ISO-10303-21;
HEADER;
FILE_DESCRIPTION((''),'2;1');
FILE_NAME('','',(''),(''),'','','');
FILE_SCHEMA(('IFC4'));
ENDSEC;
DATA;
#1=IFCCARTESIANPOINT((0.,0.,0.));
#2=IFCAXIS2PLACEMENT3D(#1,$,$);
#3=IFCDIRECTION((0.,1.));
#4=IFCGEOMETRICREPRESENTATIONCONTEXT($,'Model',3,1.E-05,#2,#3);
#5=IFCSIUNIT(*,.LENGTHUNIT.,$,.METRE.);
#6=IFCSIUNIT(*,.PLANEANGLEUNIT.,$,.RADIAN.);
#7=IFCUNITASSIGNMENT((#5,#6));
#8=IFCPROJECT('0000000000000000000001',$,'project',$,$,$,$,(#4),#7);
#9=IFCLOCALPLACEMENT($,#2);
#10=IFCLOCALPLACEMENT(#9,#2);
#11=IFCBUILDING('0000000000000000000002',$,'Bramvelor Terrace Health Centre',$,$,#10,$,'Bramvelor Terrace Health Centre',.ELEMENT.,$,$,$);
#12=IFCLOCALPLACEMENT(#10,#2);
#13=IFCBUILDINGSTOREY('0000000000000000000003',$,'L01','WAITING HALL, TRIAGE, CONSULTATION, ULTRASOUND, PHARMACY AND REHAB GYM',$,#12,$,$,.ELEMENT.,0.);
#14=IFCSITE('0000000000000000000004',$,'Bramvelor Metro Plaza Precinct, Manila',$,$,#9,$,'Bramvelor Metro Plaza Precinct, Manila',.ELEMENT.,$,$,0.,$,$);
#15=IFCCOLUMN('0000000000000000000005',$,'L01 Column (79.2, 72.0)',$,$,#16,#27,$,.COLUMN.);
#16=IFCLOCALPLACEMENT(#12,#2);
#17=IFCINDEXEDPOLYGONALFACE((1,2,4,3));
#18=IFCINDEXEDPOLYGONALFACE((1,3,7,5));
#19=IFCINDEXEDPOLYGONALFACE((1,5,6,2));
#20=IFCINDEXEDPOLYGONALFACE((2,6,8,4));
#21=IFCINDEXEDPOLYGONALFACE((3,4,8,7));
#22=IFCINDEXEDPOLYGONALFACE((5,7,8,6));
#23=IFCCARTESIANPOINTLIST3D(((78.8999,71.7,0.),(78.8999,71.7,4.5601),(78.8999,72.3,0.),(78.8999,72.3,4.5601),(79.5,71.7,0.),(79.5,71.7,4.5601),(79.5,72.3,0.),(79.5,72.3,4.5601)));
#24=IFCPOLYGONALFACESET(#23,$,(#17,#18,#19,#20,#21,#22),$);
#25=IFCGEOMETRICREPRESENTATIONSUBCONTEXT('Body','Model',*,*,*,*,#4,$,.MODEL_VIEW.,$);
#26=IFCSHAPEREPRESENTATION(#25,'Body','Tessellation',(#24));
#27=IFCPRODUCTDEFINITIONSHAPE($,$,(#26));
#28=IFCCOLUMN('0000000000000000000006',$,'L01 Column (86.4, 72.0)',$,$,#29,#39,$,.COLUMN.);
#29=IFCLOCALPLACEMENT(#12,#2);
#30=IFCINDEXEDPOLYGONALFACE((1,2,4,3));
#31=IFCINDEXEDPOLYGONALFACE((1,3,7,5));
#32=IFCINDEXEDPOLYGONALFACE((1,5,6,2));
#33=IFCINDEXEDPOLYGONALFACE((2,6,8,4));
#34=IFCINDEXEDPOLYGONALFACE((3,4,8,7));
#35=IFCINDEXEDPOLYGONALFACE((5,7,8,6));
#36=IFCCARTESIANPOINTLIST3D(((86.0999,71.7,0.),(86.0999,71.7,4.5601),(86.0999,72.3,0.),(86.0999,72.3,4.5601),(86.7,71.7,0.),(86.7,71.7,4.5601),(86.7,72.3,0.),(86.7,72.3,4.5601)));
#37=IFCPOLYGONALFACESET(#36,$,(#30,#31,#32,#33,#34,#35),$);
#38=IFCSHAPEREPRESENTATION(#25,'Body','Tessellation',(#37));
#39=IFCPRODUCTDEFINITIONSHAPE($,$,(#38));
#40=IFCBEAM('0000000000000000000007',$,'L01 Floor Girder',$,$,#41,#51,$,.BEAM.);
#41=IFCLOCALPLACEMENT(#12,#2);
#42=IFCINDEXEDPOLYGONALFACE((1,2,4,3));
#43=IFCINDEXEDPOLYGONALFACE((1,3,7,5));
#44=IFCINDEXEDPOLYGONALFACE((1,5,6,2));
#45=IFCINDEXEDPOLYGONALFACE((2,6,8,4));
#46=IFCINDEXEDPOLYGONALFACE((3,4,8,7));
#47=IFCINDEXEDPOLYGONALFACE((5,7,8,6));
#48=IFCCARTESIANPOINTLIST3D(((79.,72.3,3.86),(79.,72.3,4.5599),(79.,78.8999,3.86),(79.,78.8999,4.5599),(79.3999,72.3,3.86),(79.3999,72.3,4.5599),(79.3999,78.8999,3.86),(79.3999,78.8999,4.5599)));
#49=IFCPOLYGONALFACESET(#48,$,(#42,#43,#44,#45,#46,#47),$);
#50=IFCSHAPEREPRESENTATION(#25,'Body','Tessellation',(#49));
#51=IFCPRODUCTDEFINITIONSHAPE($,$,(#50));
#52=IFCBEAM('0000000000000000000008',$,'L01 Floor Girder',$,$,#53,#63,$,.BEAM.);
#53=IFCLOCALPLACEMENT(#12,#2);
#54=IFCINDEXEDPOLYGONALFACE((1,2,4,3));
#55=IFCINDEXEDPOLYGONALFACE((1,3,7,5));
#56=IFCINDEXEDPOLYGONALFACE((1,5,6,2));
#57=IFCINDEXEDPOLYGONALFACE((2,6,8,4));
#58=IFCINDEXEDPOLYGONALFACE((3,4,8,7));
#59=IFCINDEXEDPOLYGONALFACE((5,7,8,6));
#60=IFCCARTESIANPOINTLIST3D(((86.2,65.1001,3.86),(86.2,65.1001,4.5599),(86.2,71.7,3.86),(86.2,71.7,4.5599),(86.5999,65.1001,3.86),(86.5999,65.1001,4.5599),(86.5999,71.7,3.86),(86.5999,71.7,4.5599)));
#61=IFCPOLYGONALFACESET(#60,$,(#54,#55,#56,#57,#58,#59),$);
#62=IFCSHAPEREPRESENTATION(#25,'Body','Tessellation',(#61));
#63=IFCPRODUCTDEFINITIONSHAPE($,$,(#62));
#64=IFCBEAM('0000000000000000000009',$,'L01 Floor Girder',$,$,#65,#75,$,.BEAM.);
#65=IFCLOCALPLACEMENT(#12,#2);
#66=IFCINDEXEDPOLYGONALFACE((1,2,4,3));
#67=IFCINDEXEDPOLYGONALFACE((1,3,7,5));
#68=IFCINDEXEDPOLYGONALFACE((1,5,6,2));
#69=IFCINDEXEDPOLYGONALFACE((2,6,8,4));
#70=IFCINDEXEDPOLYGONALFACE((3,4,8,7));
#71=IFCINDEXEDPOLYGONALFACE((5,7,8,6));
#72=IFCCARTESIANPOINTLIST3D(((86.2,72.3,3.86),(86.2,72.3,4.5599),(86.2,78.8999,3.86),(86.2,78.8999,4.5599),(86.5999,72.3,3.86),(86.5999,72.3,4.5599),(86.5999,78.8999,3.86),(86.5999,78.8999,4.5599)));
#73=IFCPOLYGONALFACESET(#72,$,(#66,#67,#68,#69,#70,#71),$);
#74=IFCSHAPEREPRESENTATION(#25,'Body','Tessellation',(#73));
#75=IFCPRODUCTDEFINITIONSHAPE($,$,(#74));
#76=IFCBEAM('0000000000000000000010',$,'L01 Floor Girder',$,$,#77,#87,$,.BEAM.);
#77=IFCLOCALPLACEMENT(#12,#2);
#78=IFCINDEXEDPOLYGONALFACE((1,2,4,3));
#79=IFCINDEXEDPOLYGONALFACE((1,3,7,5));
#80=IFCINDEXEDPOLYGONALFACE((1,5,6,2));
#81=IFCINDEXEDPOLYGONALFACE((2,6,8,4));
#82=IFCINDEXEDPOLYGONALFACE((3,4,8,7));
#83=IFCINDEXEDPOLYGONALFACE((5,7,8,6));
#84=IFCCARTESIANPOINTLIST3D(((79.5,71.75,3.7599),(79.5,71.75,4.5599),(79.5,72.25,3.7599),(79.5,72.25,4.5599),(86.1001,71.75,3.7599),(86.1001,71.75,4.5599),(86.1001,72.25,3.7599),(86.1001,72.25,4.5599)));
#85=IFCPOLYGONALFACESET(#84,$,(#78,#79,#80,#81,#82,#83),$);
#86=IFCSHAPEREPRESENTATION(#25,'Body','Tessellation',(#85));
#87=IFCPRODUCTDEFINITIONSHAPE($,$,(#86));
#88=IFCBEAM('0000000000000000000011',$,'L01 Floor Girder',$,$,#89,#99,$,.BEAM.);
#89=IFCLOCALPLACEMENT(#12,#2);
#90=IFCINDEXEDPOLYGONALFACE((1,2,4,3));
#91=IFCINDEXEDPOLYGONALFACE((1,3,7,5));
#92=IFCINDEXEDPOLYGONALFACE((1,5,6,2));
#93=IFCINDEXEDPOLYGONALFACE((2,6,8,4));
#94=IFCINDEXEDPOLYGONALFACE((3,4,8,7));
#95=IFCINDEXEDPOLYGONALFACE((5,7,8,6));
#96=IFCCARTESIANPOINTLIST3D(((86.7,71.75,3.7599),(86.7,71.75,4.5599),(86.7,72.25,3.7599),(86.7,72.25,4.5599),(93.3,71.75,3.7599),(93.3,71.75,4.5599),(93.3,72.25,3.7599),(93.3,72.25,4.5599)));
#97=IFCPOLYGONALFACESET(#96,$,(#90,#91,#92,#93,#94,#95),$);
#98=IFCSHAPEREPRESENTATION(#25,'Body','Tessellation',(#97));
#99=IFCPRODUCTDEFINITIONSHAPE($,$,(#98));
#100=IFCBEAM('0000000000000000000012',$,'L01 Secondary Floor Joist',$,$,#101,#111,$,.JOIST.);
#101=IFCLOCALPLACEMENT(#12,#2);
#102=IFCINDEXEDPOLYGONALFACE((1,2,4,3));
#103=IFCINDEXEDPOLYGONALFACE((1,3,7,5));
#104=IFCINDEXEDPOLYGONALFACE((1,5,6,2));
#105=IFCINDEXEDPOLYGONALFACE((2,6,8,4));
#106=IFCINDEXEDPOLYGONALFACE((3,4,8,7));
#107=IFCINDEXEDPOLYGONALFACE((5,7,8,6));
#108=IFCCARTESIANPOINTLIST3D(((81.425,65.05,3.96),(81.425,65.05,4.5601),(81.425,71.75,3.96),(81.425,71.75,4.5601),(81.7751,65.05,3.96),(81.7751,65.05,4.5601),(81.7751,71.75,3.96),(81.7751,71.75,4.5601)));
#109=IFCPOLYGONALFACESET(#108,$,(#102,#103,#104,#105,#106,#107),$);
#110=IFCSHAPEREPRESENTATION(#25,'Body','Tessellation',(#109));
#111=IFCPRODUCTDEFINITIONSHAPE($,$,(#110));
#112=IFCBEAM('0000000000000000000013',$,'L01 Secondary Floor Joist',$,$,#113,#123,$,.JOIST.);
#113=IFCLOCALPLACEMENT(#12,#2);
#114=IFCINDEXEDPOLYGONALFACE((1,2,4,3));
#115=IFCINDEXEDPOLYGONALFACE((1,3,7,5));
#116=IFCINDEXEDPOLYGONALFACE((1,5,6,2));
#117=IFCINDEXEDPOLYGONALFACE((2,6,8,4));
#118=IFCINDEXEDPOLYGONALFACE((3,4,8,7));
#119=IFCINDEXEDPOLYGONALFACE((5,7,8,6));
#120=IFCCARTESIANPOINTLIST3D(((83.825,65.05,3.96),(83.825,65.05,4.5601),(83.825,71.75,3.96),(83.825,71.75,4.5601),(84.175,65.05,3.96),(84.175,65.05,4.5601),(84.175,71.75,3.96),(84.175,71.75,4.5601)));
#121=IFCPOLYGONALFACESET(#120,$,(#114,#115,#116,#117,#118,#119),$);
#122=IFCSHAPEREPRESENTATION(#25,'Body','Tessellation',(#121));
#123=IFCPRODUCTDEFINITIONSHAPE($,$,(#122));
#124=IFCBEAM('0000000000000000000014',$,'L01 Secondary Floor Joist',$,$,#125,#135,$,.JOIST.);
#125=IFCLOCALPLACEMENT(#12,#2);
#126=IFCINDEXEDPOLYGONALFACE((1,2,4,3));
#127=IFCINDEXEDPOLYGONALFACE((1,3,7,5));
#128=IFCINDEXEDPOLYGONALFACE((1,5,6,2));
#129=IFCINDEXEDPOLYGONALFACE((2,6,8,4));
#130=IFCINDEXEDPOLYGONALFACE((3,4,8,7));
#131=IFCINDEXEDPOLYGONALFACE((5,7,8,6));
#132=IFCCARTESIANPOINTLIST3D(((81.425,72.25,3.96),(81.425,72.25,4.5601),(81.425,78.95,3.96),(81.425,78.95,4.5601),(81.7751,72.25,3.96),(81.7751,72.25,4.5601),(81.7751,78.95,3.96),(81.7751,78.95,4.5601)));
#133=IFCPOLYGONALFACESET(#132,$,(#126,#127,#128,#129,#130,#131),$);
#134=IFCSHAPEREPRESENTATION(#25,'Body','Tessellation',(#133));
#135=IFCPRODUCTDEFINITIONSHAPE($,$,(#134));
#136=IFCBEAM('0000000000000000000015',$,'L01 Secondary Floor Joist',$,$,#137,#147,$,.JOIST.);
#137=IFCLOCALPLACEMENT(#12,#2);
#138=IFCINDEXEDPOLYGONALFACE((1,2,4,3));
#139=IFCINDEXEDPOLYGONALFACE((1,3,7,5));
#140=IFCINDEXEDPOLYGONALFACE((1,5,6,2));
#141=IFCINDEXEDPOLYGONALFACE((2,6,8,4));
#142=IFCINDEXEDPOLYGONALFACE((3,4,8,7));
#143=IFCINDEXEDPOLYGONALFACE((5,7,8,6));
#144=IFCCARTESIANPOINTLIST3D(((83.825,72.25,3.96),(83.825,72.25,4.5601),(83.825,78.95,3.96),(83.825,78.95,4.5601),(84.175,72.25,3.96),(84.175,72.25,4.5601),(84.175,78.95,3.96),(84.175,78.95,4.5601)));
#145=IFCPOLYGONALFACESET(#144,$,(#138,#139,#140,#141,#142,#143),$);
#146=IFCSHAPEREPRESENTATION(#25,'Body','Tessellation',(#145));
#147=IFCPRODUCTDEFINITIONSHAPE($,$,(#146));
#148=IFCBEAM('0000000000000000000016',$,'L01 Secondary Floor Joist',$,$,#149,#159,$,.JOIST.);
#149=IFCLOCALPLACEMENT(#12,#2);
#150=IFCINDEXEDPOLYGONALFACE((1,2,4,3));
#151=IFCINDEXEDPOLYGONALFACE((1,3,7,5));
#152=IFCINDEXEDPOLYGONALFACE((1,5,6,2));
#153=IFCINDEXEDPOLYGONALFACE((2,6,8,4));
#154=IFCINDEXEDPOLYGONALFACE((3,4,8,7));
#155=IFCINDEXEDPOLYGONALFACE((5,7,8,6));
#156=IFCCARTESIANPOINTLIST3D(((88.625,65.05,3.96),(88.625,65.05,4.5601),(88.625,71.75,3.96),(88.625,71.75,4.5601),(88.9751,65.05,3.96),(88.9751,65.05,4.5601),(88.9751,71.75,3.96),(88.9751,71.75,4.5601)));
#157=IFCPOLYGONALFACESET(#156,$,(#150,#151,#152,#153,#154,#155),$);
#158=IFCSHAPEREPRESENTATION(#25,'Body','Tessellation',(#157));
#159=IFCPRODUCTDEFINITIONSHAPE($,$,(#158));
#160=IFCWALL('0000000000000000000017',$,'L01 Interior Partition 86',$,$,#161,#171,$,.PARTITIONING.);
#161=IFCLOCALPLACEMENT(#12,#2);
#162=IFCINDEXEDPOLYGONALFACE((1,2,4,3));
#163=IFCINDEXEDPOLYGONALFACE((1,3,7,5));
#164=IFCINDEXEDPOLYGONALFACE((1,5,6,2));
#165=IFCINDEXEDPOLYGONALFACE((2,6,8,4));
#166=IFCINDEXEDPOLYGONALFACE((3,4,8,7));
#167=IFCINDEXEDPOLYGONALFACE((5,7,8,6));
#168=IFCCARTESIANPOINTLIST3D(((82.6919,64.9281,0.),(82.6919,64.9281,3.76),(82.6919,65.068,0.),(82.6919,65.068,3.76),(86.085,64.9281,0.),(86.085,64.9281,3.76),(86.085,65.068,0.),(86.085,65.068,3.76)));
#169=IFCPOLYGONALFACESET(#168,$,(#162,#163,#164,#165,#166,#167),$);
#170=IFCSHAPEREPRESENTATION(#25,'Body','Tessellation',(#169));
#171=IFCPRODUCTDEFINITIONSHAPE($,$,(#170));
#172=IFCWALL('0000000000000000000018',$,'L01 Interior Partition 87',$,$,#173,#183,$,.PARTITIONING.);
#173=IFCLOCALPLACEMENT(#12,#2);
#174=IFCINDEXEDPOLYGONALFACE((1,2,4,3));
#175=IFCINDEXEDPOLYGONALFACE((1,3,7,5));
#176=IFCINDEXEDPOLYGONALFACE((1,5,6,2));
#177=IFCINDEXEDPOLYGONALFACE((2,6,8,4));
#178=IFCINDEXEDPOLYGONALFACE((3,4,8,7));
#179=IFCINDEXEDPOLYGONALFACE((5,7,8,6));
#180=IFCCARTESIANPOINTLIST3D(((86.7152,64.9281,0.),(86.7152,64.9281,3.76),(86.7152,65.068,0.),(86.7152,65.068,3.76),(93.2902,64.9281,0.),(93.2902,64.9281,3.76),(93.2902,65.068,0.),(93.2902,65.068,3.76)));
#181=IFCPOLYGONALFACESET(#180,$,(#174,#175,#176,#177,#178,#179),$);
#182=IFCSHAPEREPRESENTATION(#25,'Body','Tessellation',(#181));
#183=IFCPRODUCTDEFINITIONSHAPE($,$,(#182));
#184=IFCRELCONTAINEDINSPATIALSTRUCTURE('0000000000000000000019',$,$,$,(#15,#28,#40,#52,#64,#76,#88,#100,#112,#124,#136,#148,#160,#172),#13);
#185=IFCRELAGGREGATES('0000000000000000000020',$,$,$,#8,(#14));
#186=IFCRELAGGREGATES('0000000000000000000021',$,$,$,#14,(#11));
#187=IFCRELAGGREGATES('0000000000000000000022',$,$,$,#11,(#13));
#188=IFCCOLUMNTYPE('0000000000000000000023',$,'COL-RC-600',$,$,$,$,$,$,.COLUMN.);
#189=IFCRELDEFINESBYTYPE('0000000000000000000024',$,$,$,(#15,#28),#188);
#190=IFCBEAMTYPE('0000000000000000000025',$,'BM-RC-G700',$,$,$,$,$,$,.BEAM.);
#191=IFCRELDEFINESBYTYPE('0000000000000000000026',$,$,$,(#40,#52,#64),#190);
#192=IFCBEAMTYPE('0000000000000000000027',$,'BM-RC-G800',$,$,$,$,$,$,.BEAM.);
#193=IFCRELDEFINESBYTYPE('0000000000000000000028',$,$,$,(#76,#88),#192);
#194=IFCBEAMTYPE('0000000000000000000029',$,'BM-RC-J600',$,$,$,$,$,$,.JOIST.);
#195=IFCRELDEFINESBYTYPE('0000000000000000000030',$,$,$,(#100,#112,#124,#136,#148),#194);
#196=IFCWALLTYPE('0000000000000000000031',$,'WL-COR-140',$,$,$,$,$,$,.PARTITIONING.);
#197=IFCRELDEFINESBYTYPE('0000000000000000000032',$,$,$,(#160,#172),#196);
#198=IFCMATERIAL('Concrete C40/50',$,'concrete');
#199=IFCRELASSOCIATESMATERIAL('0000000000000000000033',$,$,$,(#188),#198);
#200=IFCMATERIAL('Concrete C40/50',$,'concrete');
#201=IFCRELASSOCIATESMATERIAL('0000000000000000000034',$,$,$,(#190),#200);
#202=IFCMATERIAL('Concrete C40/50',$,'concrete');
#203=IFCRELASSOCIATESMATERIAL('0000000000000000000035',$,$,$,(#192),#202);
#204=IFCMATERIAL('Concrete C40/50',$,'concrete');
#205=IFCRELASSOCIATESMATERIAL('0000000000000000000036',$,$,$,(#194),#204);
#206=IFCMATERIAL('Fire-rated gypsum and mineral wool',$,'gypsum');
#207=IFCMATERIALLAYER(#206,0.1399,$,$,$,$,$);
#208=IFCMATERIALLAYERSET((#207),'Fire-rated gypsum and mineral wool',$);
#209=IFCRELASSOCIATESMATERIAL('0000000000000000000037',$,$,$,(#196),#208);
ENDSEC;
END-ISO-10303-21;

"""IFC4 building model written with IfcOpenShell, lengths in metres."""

from ifc_helpers import new_model, si_unit, direction, frame, frame_2d, origin, origin_2d, place, context, subcontext, project, spatial, rectangle, extrude, material, layer, layer_set, material_profile, profile_set, type_object, element, save


model = new_model("IFC4")

# Units and contexts
model_context = context("Model", 3, precision=1e-05, world=origin(), true_north=direction((0.0, 1.0)))
body_context = subcontext(model_context, "Body", "Model", "MODEL_VIEW")
ifc_project = project(units=[si_unit("LENGTHUNIT", "METRE"), si_unit("PLANEANGLEUNIT", "RADIAN")], contexts=[model_context])

# Site, building, storey
site_placement = place(None, origin())
site = spatial("IfcSite", under=ifc_project, at=site_placement, Name="Bramvelor Metro Plaza Precinct, Manila", LongName="Bramvelor Metro Plaza Precinct, Manila", CompositionType="ELEMENT", RefElevation=0.0)
building_placement = place(site_placement, origin())
building = spatial("IfcBuilding", under=site, at=building_placement, Name="Bramvelor Terrace Health Centre", LongName="Bramvelor Terrace Health Centre", CompositionType="ELEMENT")
storey_placement = place(building_placement, origin())
storey = spatial("IfcBuildingStorey", under=building, at=storey_placement, Name="L01", Description="WAITING HALL, TRIAGE, CONSULTATION, ULTRASOUND, PHARMACY AND REHAB GYM", CompositionType="ELEMENT", Elevation=0.0)

# Columns
ifc_material_1 = material(Name="Concrete C40/50", Category="concrete")
ifc_material_profile_1 = material_profile(ifc_material_1, rectangle(XDim=0.6001, YDim=0.6001, at=origin_2d()), Name="RC 600x600")
ifc_profile_set_1 = profile_set([ifc_material_profile_1], Name="Concrete C40/50")
column_type = type_object("IfcColumnType", Name="COL-RC-600", PredefinedType="COLUMN", material=ifc_profile_set_1)
for number, where, z_axis, x_axis, name in (
    (1, (79.2, 72.0, 0.0), (0.0, 0.0, 1.0), (1.0, 0.0, 0.0), "L01 Column (79.2, 72.0)"),
    (2, (86.3999, 72.0, 0.0), (0.0, 0.0, 1.0), (1.0, 0.0, 0.0), "L01 Column (86.4, 72.0)"),
):
    element("IfcColumn", number, at=place(storey_placement, frame(where, z_axis=z_axis, x_axis=x_axis)), inside=storey, type_object=column_type, Name=name, PredefinedType="COLUMN", context=body_context, shape_type="SweptSolid", body=[
        extrude(rectangle(XDim=0.6001, YDim=0.6001, at=origin_2d()), origin(), (0.0, 0.0, 1.0), 4.5601),
    ])

# Beams
ifc_material_2 = material(Name="Concrete C40/50", Category="concrete")
ifc_material_profile_2 = material_profile(ifc_material_2, rectangle(XDim=0.3999, YDim=0.7, at=origin_2d()), Name="RC 400x700")
ifc_profile_set_2 = profile_set([ifc_material_profile_2], Name="Concrete C40/50")
beam_type_1 = type_object("IfcBeamType", Name="BM-RC-G700", PredefinedType="BEAM", material=ifc_profile_set_2)
for number, where, z_axis, x_axis, name in (
    (3, (79.2, 72.3, 4.21), (0.0, 1.0, 0.0), (-1.0, 0.0, 0.0), "L01 Floor Girder"),
    (4, (86.3999, 65.1001, 4.21), (0.0, 1.0, 0.0), (-1.0, 0.0, 0.0), "L01 Floor Girder"),
    (5, (86.3999, 72.3, 4.21), (0.0, 1.0, 0.0), (-1.0, 0.0, 0.0), "L01 Floor Girder"),
):
    element("IfcBeam", number, at=place(storey_placement, frame(where, z_axis=z_axis, x_axis=x_axis)), inside=storey, type_object=beam_type_1, Name=name, PredefinedType="BEAM", context=body_context, shape_type="SweptSolid", body=[
        extrude(rectangle(XDim=0.3999, YDim=0.7, at=origin_2d()), origin(), (0.0, 0.0, 1.0), 6.5999),
    ])
ifc_material_3 = material(Name="Concrete C40/50", Category="concrete")
ifc_material_profile_3 = material_profile(ifc_material_3, rectangle(XDim=0.5, YDim=0.8, at=origin_2d()), Name="RC 500x800")
ifc_profile_set_3 = profile_set([ifc_material_profile_3], Name="Concrete C40/50")
beam_type_2 = type_object("IfcBeamType", Name="BM-RC-G800", PredefinedType="BEAM", material=ifc_profile_set_3)
for number, where, z_axis, x_axis, name in (
    (6, (79.5, 72.0, 4.1599), (1.0, 0.0, 0.0), (0.0, 1.0, 0.0), "L01 Floor Girder"),
    (7, (86.7, 72.0, 4.1599), (1.0, 0.0, 0.0), (0.0, 1.0, 0.0), "L01 Floor Girder"),
):
    element("IfcBeam", number, at=place(storey_placement, frame(where, z_axis=z_axis, x_axis=x_axis)), inside=storey, type_object=beam_type_2, Name=name, PredefinedType="BEAM", context=body_context, shape_type="SweptSolid", body=[
        extrude(rectangle(XDim=0.5, YDim=0.8, at=origin_2d()), origin(), (0.0, 0.0, 1.0), 6.6001),
    ])
ifc_material_4 = material(Name="Concrete C40/50", Category="concrete")
ifc_material_profile_4 = material_profile(ifc_material_4, rectangle(XDim=0.3501, YDim=0.6001, at=origin_2d()), Name="RC 350x600")
ifc_profile_set_4 = profile_set([ifc_material_profile_4], Name="Concrete C40/50")
beam_type_3 = type_object("IfcBeamType", Name="BM-RC-J600", PredefinedType="JOIST", material=ifc_profile_set_4)
for number, where, z_axis, x_axis, name in (
    (8, (81.6001, 65.05, 4.26), (0.0, 1.0, 0.0), (-1.0, 0.0, 0.0), "L01 Secondary Floor Joist"),
    (9, (84.0, 65.05, 4.26), (0.0, 1.0, 0.0), (-1.0, 0.0, 0.0), "L01 Secondary Floor Joist"),
    (10, (81.6001, 72.25, 4.26), (0.0, 1.0, 0.0), (-1.0, 0.0, 0.0), "L01 Secondary Floor Joist"),
    (11, (84.0, 72.25, 4.26), (0.0, 1.0, 0.0), (-1.0, 0.0, 0.0), "L01 Secondary Floor Joist"),
    (12, (88.8, 65.05, 4.26), (0.0, 1.0, 0.0), (-1.0, 0.0, 0.0), "L01 Secondary Floor Joist"),
):
    element("IfcBeam", number, at=place(storey_placement, frame(where, z_axis=z_axis, x_axis=x_axis)), inside=storey, type_object=beam_type_3, Name=name, PredefinedType="JOIST", context=body_context, shape_type="SweptSolid", body=[
        extrude(rectangle(XDim=0.3501, YDim=0.6001, at=origin_2d()), origin(), (0.0, 0.0, 1.0), 6.7),
    ])

# Walls
ifc_material_5 = material(Name="Fire-rated gypsum and mineral wool", Category="gypsum")
ifc_layer_1 = layer(ifc_material_5, 0.1399)
ifc_layer_set_1 = layer_set([ifc_layer_1], Name="Fire-rated gypsum and mineral wool")
wall_type_1 = type_object("IfcWallType", Name="WL-COR-140", PredefinedType="PARTITIONING", material=ifc_layer_set_1)
wall_1_placement = place(storey_placement, frame((82.6919, 64.998, 0.0), z_axis=(0.0, 0.0, 1.0), x_axis=(1.0, 0.0, 0.0)))
element("IfcWall", 13, at=wall_1_placement, inside=storey, type_object=wall_type_1, Name="L01 Interior Partition 86", PredefinedType="PARTITIONING", context=body_context, shape_type="SweptSolid", body=[
    extrude(rectangle(XDim=3.3931, YDim=0.1399, at=frame_2d((1.6965, 0.0))), origin(), (0.0, 0.0, 1.0), 3.76),
])
wall_2_placement = place(storey_placement, frame((86.7151, 64.998, 0.0), z_axis=(0.0, 0.0, 1.0), x_axis=(1.0, 0.0, 0.0)))
element("IfcWall", 14, at=wall_2_placement, inside=storey, type_object=wall_type_1, Name="L01 Interior Partition 87", PredefinedType="PARTITIONING", context=body_context, shape_type="SweptSolid", body=[
    extrude(rectangle(XDim=6.575, YDim=0.1399, at=frame_2d((3.2876, 0.0))), origin(), (0.0, 0.0, 1.0), 3.76),
])

save(model, "model.ifc")
